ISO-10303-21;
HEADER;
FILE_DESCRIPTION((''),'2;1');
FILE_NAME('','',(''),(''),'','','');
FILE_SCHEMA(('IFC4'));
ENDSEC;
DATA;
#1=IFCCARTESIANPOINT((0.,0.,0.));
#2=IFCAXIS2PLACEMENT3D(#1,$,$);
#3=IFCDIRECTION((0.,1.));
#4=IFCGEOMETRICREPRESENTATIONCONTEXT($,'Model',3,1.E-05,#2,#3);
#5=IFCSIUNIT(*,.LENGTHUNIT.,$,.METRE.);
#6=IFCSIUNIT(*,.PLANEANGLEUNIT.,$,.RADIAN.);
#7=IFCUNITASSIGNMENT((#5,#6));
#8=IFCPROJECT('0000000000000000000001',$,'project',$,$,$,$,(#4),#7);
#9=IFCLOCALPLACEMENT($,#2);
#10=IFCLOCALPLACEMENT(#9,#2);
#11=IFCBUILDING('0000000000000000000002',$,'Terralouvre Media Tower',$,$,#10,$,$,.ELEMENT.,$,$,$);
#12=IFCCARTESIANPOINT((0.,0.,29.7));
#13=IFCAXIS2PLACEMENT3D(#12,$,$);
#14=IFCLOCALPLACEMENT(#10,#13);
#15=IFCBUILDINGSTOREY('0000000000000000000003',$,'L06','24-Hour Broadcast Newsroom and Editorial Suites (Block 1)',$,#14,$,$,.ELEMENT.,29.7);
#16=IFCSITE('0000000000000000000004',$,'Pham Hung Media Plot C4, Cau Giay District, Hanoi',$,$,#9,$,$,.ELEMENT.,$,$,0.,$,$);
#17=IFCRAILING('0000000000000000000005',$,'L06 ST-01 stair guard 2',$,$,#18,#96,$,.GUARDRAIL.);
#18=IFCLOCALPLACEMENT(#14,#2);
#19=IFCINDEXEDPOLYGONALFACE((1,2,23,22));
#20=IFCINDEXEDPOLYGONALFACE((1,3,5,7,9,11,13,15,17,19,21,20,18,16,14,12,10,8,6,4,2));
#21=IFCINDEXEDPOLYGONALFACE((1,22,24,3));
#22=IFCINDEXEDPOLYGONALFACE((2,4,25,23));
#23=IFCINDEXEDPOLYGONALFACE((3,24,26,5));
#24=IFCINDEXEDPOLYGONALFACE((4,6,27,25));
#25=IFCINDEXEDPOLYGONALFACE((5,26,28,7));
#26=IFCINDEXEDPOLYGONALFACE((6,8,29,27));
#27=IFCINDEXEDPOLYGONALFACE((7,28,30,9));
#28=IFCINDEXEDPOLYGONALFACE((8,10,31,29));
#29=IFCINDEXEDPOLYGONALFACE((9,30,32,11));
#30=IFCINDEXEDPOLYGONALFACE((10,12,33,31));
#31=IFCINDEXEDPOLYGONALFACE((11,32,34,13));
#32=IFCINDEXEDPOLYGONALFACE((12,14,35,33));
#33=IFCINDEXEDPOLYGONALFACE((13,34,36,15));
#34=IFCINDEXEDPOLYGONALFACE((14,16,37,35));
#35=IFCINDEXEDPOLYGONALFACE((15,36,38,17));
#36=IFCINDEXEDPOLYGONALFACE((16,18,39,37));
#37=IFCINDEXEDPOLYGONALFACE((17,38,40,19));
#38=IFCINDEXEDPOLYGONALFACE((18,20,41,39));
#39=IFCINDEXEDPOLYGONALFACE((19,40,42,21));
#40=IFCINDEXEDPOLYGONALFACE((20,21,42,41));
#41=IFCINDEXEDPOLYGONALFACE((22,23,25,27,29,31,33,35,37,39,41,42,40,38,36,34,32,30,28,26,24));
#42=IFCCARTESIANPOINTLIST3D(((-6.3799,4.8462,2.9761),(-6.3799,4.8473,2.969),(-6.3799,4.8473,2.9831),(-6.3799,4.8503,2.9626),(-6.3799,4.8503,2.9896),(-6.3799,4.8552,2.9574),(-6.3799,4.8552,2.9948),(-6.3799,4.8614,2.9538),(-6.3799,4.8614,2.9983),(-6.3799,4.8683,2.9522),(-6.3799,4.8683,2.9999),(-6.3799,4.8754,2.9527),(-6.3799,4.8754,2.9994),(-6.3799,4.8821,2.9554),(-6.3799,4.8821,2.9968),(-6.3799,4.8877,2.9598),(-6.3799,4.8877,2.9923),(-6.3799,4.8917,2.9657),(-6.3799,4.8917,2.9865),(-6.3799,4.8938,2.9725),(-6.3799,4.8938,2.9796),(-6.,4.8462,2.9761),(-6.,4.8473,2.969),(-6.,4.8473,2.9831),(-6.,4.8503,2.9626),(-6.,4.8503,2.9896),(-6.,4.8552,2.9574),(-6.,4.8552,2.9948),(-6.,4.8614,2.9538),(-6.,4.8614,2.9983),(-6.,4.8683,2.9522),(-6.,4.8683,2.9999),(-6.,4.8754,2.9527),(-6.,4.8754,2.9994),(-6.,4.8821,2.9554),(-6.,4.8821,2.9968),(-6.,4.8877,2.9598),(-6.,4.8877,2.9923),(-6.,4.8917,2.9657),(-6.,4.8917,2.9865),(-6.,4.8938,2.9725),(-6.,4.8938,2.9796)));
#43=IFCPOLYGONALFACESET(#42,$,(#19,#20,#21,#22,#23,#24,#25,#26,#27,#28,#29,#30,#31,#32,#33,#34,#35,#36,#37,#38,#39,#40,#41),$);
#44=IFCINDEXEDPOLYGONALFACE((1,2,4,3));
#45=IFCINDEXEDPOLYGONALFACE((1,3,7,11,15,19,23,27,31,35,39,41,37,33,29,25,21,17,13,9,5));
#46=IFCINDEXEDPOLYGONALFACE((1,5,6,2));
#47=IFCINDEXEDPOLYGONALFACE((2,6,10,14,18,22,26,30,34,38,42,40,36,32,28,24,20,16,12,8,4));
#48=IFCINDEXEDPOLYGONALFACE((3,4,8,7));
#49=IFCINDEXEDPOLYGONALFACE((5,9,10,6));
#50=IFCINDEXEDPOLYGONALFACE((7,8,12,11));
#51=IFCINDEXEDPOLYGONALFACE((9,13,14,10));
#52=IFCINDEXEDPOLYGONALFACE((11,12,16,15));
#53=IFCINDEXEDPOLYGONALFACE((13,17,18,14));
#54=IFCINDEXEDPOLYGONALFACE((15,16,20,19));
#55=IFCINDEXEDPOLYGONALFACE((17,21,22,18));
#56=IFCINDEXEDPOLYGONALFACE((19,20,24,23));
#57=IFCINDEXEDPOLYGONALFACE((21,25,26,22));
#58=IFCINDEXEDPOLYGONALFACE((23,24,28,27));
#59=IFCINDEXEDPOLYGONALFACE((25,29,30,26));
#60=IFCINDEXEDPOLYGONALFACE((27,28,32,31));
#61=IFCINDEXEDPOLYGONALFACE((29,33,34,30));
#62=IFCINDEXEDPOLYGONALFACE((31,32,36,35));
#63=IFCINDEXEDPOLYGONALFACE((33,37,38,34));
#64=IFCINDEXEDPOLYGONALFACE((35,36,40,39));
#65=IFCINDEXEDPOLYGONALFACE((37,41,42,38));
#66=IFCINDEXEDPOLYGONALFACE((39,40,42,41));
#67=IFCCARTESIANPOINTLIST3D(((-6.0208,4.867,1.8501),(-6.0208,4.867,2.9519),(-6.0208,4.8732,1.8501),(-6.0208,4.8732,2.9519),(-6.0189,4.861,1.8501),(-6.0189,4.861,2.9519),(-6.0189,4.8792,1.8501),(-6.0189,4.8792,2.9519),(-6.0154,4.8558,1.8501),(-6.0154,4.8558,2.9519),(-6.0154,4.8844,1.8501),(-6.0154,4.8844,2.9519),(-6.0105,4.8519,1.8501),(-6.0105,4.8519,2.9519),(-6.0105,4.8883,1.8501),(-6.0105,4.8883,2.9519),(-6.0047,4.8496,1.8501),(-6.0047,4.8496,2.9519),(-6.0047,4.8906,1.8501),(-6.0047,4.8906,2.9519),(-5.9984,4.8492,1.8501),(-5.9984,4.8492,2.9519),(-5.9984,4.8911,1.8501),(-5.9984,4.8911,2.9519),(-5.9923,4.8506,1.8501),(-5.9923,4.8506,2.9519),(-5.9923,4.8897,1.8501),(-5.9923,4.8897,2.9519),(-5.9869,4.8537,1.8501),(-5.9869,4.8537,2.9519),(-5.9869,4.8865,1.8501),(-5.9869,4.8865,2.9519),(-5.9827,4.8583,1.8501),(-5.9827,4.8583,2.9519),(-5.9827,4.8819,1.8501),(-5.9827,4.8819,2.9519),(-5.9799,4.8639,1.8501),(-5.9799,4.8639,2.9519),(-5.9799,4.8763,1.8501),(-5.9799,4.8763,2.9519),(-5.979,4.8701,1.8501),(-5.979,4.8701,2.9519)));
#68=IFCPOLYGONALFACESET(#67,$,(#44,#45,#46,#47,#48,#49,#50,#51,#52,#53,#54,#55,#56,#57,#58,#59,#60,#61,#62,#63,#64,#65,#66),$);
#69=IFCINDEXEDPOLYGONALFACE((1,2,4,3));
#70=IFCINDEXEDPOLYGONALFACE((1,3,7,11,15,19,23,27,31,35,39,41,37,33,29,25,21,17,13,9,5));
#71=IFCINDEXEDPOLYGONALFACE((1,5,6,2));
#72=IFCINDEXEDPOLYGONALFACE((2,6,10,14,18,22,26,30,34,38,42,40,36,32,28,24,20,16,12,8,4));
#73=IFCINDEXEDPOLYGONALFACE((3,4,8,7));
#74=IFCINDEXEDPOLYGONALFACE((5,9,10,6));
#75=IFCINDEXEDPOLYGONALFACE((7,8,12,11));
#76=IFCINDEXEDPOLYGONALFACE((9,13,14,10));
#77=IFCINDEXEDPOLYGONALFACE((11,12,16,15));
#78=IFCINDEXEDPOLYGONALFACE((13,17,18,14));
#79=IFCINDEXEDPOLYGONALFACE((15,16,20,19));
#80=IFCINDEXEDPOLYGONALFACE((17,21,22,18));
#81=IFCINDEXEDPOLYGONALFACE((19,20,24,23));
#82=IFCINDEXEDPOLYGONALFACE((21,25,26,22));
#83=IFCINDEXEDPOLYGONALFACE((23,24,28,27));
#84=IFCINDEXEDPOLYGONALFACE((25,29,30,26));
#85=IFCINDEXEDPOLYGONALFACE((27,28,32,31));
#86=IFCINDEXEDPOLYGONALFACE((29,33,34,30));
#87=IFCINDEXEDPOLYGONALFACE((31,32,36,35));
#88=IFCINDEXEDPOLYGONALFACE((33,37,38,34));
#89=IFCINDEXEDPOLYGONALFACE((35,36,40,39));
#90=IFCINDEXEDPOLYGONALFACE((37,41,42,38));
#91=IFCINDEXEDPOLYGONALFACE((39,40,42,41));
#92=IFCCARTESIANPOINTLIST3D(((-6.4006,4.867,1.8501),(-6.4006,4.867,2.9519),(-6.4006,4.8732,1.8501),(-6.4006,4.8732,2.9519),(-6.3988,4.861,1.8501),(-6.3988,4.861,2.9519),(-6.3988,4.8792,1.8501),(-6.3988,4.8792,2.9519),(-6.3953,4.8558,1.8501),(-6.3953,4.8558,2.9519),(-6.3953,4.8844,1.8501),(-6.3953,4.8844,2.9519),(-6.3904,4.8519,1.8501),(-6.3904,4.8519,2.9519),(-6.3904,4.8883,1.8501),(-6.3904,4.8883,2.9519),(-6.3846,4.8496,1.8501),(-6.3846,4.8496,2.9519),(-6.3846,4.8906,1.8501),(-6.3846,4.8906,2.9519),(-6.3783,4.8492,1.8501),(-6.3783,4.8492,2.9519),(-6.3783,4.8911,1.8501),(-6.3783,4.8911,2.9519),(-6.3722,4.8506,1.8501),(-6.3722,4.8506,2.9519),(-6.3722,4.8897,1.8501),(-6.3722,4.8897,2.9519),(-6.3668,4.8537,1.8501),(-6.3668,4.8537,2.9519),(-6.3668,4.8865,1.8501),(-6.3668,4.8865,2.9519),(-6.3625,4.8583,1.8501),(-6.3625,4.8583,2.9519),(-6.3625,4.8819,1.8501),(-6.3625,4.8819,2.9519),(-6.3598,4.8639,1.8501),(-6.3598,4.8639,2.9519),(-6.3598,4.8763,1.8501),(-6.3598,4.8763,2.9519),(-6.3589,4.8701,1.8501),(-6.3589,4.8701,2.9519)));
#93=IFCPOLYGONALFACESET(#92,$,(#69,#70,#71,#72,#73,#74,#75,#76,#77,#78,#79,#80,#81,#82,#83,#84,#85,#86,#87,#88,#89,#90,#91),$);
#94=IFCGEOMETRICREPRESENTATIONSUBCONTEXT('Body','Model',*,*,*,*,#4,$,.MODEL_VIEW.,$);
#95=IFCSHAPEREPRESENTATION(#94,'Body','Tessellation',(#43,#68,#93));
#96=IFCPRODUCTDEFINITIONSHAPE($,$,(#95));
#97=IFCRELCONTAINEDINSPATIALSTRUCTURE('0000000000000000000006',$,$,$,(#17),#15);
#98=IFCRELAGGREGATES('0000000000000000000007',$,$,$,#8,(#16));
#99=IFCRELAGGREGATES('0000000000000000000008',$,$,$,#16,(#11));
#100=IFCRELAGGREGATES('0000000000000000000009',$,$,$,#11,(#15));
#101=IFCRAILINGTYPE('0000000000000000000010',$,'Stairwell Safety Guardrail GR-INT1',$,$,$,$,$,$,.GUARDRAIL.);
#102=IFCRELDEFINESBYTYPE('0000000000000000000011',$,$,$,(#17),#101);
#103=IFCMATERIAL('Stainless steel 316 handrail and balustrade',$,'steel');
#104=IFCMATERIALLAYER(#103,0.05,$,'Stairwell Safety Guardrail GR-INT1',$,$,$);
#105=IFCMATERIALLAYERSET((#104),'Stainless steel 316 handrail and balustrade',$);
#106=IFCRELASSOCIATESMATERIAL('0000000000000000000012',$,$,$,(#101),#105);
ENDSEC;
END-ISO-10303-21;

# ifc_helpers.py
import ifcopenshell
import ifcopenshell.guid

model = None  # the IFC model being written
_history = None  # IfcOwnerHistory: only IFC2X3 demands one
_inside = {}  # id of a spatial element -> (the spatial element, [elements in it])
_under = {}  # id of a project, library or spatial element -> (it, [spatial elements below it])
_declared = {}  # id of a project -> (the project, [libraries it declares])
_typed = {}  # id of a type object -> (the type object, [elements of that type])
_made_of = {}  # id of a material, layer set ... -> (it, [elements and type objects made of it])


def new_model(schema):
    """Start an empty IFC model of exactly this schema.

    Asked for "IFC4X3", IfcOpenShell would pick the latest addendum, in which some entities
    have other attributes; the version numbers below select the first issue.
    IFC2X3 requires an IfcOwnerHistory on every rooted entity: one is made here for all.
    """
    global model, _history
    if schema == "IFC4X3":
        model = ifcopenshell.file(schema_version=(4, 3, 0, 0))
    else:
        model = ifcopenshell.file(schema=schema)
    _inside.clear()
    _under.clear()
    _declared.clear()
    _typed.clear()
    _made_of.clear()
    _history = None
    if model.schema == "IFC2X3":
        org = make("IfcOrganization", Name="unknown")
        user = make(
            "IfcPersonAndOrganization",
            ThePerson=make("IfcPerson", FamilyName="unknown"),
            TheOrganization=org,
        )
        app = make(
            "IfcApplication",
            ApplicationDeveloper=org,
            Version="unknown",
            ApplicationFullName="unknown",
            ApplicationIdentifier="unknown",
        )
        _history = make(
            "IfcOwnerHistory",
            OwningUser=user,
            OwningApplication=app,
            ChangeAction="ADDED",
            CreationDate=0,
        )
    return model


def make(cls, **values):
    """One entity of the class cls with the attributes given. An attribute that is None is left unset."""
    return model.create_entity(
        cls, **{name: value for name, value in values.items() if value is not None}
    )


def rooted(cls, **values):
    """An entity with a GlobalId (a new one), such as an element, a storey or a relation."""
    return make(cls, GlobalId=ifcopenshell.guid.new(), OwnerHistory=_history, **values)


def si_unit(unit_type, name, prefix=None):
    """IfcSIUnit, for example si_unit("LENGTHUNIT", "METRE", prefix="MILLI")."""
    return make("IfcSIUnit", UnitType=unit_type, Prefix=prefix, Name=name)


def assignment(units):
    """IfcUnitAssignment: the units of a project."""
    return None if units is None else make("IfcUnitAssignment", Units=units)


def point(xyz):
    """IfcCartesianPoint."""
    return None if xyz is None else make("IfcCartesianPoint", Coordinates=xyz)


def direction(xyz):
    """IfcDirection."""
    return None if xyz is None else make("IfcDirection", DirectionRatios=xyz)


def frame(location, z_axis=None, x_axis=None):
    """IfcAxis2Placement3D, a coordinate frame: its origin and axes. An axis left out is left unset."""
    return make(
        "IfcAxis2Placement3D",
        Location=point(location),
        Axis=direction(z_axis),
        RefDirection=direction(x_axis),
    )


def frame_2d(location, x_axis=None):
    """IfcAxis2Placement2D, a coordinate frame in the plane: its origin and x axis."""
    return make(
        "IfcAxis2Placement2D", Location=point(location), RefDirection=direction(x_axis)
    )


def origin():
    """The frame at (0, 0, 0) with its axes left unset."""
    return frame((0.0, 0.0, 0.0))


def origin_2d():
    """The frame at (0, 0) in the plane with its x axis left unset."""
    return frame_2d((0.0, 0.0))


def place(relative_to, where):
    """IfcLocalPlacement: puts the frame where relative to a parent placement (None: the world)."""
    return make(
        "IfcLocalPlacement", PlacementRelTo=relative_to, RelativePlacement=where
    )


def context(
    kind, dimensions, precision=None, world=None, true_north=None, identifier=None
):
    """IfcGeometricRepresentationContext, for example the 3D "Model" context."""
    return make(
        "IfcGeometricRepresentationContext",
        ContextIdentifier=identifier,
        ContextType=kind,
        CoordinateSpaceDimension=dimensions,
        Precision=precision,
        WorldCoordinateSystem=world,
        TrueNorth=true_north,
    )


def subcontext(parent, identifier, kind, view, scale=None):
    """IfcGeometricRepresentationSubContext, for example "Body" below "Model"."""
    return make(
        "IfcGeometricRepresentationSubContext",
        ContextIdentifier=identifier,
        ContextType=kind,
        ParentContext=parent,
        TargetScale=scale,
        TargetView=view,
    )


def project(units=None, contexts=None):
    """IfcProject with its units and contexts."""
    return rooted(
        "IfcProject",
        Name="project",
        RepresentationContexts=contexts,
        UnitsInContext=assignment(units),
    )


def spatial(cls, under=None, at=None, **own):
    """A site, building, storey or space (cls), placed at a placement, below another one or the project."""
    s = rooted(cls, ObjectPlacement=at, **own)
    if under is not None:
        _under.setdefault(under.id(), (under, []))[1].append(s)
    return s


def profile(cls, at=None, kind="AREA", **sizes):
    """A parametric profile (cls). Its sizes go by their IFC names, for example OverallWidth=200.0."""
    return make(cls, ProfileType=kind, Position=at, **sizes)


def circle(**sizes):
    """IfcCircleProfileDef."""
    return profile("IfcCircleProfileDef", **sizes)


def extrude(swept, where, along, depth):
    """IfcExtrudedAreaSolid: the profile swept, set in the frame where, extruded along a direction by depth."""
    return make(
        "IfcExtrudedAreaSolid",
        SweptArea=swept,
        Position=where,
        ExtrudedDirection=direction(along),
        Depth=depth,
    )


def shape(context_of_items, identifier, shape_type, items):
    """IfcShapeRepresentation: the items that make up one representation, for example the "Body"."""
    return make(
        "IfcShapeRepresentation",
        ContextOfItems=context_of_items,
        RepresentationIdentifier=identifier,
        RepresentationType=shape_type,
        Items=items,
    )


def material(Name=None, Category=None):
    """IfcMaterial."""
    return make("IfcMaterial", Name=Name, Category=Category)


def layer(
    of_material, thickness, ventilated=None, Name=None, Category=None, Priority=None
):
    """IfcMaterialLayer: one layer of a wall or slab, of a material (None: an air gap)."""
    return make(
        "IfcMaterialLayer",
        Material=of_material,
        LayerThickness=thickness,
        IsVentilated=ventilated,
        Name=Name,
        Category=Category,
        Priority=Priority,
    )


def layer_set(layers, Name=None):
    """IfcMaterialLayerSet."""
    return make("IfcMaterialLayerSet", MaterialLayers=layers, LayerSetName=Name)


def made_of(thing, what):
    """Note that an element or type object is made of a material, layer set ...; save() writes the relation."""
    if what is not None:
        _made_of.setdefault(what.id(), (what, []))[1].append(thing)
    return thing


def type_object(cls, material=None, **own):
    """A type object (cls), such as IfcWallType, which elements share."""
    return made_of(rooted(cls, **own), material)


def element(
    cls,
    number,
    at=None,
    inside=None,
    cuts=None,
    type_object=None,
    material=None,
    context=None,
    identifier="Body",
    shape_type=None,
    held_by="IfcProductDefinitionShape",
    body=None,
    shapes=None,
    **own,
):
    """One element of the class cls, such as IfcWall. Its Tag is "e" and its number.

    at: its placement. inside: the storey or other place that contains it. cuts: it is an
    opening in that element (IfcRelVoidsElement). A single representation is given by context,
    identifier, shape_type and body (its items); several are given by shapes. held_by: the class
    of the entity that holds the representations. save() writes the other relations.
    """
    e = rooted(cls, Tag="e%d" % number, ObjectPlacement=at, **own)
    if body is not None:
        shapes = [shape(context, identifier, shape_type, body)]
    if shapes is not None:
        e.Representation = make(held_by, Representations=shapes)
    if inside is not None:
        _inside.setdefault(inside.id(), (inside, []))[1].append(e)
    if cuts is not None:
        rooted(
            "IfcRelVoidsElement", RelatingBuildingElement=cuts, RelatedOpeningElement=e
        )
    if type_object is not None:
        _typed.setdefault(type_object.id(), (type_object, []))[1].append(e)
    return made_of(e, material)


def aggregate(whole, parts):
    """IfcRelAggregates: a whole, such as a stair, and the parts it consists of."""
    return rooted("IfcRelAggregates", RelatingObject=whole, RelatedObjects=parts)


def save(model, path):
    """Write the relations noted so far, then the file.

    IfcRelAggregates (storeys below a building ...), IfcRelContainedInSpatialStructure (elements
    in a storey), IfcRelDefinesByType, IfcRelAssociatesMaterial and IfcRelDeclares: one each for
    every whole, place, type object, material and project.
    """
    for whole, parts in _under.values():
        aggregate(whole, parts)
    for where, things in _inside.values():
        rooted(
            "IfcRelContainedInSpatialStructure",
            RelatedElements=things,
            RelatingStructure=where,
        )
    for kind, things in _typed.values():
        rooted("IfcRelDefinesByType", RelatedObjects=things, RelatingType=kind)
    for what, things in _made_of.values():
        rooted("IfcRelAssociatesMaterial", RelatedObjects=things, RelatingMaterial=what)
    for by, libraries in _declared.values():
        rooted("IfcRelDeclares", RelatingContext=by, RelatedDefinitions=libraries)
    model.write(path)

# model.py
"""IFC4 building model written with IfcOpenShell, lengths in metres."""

from ifc_helpers import new_model, si_unit, direction, frame, origin, origin_2d, place, context, subcontext, project, spatial, circle, extrude, material, layer, layer_set, type_object, element, save


model = new_model("IFC4")

# Units and contexts
model_context = context("Model", 3, precision=1e-05, world=origin(), true_north=direction((0.0, 1.0)))
body_context = subcontext(model_context, "Body", "Model", "MODEL_VIEW")
ifc_project = project(units=[si_unit("LENGTHUNIT", "METRE"), si_unit("PLANEANGLEUNIT", "RADIAN")], contexts=[model_context])

# Site, building, storey
site_placement = place(None, origin())
site = spatial("IfcSite", under=ifc_project, at=site_placement, Name="Pham Hung Media Plot C4, Cau Giay District, Hanoi", CompositionType="ELEMENT", RefElevation=0.0)
building_placement = place(site_placement, origin())
building = spatial("IfcBuilding", under=site, at=building_placement, Name="Terralouvre Media Tower", CompositionType="ELEMENT")
storey_placement = place(building_placement, frame((0.0, 0.0, 29.7)))
storey = spatial("IfcBuildingStorey", under=building, at=storey_placement, Name="L06", Description="24-Hour Broadcast Newsroom and Editorial Suites (Block 1)", CompositionType="ELEMENT", Elevation=29.7)

# Railing
ifc_material_1 = material(Name="Stainless steel 316 handrail and balustrade", Category="steel")
ifc_layer_1 = layer(ifc_material_1, 0.05, Name="Stairwell Safety Guardrail GR-INT1")
ifc_layer_set_1 = layer_set([ifc_layer_1], Name="Stainless steel 316 handrail and balustrade")
railing_type_1 = type_object("IfcRailingType", Name="Stairwell Safety Guardrail GR-INT1", PredefinedType="GUARDRAIL", material=ifc_layer_set_1)
railing_1_placement = place(storey_placement, frame((-6.0, 4.8701, 1.8501)))
element("IfcRailing", 1, at=railing_1_placement, inside=storey, type_object=railing_type_1, Name="L06 ST-01 stair guard 2", PredefinedType="GUARDRAIL", context=body_context, shape_type="SweptSolid", body=[
    extrude(circle(Radius=0.0239, at=origin_2d()), frame((0.0, 0.0, 1.126), z_axis=(-1.0, 0.0, 0.0), x_axis=(0.0, -1.0, 0.0)), (0.0, 0.0, 1.0), 0.3799),
    extrude(circle(Radius=0.021, at=origin_2d()), origin(), (0.0, 0.0, 1.0), 1.1018),
    extrude(circle(Radius=0.021, at=origin_2d()), frame((-0.3799, 0.0, 0.0)), (0.0, 0.0, 1.0), 1.1018),
])

save(model, "model.ifc")
